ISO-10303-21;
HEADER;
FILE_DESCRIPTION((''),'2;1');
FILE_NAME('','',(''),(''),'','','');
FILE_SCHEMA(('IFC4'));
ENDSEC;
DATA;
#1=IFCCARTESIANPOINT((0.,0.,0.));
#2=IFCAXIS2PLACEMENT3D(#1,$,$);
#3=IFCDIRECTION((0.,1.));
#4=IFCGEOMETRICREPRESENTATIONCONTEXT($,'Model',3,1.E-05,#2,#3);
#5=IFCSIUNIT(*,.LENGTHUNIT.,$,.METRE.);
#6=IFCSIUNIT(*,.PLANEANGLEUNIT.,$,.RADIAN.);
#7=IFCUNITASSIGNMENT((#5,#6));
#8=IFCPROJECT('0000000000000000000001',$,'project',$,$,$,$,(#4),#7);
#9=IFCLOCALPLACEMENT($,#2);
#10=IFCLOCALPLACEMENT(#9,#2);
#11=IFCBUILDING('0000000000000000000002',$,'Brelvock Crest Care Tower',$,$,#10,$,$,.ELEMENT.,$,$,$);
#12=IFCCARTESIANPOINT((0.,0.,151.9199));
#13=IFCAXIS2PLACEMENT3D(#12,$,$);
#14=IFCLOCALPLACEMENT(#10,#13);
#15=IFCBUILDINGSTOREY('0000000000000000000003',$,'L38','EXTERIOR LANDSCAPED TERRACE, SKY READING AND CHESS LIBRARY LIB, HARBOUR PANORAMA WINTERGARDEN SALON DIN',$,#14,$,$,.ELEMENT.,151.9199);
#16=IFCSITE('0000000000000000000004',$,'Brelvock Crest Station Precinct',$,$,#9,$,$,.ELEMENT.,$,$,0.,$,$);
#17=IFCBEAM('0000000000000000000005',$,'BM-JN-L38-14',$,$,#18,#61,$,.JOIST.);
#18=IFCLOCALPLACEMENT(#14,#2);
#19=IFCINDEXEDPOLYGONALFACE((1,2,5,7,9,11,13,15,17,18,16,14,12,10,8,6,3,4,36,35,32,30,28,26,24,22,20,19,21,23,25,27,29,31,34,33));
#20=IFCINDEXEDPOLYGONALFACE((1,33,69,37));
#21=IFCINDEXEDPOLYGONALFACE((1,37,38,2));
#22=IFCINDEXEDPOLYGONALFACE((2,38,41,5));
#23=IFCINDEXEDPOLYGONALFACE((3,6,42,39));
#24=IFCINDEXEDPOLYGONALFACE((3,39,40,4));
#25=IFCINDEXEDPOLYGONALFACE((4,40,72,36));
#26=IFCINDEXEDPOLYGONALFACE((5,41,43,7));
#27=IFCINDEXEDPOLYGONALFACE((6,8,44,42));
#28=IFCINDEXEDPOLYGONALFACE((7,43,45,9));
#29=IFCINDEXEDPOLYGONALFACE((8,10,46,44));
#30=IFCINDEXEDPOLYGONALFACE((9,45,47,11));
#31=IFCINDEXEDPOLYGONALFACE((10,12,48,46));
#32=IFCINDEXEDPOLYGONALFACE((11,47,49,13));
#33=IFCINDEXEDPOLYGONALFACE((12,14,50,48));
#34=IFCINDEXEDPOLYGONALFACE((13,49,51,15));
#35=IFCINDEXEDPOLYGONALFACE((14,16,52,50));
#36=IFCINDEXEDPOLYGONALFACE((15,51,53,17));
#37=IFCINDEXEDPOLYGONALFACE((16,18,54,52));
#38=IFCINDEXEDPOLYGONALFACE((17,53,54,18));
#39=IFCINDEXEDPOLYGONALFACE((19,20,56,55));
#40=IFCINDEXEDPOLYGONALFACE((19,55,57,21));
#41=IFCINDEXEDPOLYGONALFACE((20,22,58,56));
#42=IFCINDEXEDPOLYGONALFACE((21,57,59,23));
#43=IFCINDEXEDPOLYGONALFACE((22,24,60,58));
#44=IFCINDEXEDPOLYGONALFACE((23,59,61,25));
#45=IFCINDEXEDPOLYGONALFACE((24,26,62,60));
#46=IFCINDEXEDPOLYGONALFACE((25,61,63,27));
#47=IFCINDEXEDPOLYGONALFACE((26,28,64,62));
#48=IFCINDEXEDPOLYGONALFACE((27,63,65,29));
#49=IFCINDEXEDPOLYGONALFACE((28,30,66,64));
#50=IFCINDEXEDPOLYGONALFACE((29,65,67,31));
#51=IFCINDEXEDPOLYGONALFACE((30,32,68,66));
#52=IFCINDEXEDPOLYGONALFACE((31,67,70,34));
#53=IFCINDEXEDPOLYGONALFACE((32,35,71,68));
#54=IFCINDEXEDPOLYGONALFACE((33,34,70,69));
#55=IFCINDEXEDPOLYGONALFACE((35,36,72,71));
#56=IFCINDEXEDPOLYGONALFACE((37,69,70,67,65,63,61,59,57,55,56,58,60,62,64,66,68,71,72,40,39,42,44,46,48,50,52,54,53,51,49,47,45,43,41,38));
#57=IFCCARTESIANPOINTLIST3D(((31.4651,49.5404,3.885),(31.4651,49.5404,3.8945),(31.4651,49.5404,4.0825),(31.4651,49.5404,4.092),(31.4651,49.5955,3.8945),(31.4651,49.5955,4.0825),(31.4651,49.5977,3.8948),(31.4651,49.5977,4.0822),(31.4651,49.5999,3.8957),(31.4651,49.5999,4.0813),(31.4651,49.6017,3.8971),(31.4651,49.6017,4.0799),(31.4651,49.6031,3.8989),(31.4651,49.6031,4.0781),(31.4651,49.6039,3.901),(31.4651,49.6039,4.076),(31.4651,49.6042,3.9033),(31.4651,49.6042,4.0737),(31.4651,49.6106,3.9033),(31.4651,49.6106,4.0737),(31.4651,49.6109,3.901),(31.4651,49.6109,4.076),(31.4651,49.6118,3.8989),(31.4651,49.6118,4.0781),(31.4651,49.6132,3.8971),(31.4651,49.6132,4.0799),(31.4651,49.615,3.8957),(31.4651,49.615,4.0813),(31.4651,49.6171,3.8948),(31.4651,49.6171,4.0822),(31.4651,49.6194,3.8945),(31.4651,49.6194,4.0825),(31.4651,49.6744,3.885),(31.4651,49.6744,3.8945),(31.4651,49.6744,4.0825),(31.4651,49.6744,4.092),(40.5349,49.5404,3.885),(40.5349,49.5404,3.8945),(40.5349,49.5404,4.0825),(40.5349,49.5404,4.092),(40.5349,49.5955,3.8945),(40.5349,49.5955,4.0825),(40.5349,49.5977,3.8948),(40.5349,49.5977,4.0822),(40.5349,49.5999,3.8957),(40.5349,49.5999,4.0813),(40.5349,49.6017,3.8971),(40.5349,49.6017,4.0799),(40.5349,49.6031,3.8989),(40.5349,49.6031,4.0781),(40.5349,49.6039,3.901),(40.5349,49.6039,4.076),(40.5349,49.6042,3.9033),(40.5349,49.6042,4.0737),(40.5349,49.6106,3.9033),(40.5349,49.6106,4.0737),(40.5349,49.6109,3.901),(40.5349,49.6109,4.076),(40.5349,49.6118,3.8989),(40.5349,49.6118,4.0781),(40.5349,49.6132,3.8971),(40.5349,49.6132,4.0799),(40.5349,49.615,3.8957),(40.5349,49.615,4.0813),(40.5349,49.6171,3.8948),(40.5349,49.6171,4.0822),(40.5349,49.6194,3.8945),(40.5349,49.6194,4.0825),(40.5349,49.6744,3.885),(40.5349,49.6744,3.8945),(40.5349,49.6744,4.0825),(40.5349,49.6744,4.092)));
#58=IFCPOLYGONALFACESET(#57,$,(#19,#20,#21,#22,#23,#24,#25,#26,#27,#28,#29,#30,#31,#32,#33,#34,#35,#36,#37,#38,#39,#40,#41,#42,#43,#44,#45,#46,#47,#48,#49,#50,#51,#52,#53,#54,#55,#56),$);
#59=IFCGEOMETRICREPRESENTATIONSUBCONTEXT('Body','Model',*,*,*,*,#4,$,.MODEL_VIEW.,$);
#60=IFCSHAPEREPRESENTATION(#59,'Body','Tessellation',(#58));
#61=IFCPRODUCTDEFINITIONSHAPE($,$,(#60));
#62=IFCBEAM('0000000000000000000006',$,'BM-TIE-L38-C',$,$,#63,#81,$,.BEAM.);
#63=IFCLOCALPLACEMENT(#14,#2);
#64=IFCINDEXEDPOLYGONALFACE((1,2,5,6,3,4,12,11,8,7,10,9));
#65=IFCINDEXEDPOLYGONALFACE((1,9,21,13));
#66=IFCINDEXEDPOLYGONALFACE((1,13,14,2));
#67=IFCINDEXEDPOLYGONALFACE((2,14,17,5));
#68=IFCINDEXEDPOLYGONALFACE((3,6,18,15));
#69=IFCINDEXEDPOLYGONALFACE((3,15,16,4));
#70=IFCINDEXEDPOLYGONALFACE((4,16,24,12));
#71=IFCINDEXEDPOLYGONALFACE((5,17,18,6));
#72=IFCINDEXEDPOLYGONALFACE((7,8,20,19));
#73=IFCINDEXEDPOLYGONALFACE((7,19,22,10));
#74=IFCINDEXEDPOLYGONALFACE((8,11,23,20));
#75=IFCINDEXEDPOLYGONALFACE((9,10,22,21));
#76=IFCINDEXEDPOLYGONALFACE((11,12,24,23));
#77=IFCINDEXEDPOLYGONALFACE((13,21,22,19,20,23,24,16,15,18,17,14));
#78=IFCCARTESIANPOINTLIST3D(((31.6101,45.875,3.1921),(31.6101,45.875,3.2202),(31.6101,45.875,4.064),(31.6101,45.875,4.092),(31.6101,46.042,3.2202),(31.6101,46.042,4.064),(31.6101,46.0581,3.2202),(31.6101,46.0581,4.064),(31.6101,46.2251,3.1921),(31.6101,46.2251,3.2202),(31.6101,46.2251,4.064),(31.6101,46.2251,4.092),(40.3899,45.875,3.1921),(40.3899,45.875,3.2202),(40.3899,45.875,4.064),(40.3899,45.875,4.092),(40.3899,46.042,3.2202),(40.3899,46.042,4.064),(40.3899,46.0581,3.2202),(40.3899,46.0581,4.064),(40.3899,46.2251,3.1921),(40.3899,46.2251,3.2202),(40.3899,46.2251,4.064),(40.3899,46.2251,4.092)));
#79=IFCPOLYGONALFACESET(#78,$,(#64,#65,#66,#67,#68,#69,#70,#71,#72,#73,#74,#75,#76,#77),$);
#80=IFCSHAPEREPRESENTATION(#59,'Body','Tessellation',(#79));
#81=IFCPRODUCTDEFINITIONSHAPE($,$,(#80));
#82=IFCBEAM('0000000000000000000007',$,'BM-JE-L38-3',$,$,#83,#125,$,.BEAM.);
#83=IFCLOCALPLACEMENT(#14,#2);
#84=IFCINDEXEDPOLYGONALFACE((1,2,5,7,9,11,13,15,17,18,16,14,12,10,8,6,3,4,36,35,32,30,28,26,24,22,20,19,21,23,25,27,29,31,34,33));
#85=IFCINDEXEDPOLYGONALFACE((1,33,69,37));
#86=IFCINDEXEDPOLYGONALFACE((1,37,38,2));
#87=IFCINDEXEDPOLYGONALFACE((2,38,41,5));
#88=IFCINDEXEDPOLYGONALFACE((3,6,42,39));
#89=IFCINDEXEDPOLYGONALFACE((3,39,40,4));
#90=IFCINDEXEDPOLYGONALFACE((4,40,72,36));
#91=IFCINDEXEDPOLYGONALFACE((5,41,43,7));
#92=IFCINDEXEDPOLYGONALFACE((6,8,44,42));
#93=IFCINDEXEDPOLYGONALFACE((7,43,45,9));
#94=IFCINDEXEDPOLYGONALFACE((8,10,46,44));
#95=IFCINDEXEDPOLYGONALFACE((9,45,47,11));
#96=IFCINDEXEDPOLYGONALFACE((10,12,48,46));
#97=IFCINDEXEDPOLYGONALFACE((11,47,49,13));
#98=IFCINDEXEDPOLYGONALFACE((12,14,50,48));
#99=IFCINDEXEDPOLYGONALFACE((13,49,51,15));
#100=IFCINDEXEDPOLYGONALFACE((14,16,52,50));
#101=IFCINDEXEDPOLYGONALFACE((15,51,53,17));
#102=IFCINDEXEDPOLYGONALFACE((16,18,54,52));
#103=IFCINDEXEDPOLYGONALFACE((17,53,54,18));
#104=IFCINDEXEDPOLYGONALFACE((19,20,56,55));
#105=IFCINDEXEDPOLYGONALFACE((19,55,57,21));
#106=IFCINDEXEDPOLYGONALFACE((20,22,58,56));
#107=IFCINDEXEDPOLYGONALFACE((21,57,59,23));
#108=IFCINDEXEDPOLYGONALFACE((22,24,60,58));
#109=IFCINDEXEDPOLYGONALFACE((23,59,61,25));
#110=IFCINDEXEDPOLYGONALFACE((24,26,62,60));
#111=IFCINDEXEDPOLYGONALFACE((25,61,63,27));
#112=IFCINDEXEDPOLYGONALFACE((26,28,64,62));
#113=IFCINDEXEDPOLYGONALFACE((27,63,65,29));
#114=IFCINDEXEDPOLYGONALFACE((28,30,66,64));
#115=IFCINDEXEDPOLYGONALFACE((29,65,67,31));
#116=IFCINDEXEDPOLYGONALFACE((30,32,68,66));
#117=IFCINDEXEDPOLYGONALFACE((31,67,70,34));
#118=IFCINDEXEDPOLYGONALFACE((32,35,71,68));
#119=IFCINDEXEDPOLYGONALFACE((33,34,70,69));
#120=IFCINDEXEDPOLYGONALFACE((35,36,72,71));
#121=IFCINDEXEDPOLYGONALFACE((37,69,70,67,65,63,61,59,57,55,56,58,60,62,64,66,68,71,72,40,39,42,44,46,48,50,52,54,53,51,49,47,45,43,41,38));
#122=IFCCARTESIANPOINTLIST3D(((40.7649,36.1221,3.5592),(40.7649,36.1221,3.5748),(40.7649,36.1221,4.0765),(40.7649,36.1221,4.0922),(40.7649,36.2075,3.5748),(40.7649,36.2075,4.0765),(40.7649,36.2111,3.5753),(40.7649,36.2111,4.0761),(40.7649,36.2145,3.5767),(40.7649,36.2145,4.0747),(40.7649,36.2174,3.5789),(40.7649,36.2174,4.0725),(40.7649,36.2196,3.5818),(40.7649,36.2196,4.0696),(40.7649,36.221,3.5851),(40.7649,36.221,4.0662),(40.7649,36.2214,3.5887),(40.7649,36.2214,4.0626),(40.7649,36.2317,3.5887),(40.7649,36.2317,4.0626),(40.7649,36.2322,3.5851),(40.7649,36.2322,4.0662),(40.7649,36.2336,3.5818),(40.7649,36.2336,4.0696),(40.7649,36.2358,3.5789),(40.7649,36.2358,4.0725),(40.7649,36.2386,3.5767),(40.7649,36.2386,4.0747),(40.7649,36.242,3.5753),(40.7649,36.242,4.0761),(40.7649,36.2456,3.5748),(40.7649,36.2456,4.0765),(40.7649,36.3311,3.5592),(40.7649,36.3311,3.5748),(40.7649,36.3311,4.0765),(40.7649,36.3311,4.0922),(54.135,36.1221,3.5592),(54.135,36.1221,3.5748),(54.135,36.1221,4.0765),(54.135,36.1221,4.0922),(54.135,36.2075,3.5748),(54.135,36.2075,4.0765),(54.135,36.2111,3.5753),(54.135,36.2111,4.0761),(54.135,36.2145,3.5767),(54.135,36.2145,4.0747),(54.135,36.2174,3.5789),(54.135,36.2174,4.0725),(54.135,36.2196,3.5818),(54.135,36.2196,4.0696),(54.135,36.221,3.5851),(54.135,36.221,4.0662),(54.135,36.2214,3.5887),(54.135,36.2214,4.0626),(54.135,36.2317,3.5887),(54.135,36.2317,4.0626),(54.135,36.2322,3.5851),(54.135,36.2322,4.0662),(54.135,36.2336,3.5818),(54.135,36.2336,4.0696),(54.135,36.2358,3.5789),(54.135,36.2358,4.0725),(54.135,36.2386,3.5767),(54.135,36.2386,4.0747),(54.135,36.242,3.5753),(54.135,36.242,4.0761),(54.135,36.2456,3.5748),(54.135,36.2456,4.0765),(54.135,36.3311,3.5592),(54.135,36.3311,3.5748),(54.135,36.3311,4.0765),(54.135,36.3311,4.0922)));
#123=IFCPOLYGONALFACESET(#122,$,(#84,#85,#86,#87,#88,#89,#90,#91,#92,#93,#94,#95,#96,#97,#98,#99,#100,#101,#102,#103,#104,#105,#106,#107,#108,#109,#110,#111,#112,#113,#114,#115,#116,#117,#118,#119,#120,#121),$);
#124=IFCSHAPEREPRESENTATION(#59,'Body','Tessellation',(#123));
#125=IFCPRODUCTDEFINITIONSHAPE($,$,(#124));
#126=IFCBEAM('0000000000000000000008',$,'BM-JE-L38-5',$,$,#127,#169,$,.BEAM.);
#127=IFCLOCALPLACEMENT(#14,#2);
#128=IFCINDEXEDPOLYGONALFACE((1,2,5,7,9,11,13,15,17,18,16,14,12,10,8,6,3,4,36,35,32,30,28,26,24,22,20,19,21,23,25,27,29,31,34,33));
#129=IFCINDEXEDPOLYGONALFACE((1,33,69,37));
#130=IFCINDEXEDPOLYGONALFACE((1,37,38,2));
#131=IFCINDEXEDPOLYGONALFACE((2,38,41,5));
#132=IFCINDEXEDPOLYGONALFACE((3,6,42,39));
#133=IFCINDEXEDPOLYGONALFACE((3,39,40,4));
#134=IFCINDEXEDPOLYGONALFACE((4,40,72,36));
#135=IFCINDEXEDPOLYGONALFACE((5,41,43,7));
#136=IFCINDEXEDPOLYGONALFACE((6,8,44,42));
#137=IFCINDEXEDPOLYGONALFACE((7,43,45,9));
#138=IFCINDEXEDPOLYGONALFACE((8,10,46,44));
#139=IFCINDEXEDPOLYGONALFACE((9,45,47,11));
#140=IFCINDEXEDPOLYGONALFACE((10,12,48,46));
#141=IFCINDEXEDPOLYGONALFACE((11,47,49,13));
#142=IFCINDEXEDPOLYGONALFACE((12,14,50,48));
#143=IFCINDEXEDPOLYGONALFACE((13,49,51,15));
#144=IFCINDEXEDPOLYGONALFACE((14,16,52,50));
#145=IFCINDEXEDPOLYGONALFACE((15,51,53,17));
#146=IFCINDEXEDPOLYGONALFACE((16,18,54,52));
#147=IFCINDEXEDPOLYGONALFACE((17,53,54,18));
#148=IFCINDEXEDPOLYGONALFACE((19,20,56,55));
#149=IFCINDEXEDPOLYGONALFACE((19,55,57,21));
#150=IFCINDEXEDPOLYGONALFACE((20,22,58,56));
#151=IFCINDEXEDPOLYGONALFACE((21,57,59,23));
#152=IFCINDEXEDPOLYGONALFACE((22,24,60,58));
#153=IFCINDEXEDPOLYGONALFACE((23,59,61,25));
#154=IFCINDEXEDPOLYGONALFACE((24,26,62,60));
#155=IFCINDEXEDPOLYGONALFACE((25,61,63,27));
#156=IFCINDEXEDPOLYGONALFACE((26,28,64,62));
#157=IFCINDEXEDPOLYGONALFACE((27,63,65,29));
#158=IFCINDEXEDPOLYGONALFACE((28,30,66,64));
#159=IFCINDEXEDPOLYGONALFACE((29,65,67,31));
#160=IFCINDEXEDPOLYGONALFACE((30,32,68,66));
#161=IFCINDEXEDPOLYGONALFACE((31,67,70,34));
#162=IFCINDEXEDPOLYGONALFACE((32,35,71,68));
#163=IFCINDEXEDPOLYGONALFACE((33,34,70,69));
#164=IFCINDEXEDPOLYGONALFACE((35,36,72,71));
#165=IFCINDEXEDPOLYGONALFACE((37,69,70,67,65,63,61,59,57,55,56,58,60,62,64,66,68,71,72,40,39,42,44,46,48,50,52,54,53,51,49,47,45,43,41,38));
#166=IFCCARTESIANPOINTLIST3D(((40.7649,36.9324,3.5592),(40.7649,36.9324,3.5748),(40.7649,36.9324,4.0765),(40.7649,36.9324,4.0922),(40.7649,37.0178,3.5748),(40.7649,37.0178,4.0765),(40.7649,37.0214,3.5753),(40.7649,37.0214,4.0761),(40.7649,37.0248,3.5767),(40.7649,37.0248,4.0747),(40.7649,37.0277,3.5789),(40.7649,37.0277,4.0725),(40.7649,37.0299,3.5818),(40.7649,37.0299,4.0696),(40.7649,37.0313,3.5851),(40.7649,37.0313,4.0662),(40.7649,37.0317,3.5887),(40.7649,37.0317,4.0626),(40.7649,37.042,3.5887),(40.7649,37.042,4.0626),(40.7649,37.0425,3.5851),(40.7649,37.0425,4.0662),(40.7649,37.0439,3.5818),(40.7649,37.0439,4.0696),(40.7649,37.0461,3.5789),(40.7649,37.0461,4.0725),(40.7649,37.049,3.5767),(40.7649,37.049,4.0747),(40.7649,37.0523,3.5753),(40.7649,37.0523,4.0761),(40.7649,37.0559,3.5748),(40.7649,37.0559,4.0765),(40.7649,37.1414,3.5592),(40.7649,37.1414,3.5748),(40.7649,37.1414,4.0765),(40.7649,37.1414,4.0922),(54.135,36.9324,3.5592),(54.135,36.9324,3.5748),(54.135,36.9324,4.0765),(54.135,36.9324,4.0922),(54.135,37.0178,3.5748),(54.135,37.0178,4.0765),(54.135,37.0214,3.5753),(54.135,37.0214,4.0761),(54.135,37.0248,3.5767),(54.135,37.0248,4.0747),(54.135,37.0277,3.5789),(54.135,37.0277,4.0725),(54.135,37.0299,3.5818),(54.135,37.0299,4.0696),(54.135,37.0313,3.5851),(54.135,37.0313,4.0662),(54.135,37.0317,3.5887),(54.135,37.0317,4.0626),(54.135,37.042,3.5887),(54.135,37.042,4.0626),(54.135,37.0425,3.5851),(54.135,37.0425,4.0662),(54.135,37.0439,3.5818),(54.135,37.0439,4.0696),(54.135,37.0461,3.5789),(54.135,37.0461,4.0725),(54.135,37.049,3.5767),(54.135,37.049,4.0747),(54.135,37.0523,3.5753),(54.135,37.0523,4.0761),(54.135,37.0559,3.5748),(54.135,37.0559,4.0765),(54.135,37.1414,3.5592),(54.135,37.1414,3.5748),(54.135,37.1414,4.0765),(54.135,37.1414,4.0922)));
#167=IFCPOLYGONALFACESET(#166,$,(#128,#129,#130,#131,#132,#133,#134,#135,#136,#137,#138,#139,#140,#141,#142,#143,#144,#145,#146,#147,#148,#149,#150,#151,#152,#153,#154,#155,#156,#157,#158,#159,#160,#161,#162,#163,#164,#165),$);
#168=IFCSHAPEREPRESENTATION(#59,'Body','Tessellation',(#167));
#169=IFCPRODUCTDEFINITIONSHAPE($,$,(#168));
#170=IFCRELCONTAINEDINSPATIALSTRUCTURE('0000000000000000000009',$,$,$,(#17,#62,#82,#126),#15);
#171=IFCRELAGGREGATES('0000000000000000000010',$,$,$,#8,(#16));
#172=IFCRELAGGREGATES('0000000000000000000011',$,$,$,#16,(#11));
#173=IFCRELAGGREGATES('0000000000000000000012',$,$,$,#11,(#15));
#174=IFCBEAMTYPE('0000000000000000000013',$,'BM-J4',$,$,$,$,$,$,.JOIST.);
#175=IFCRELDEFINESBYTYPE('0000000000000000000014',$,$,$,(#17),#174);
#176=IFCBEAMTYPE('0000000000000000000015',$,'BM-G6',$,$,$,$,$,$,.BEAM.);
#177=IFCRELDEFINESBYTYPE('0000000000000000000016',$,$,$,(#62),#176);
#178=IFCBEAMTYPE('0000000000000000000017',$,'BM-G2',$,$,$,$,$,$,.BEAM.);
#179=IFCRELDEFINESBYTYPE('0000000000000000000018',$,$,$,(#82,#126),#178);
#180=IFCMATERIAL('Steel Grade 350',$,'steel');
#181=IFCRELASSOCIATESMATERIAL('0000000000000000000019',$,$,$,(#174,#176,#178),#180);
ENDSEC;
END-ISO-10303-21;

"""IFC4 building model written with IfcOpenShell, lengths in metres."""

from ifc_helpers import new_model, si_unit, direction, frame, origin, origin_2d, place, context, subcontext, project, spatial, i_section, extrude, source, transform, mapped, material, material_profile, profile_set, type_object, element, save


model = new_model("IFC4")

# Units and contexts
model_context = context("Model", 3, precision=1e-05, world=origin(), true_north=direction((0.0, 1.0)))
body_context = subcontext(model_context, "Body", "Model", "MODEL_VIEW")
ifc_project = project(units=[si_unit("LENGTHUNIT", "METRE"), si_unit("PLANEANGLEUNIT", "RADIAN")], contexts=[model_context])

# Site, building, storey
site_placement = place(None, origin())
site = spatial("IfcSite", under=ifc_project, at=site_placement, Name="Brelvock Crest Station Precinct", CompositionType="ELEMENT", RefElevation=0.0)
building_placement = place(site_placement, origin())
building = spatial("IfcBuilding", under=site, at=building_placement, Name="Brelvock Crest Care Tower", CompositionType="ELEMENT")
storey_placement = place(building_placement, frame((0.0, 0.0, 151.9199)))
storey = spatial("IfcBuildingStorey", under=building, at=storey_placement, Name="L38", Description="EXTERIOR LANDSCAPED TERRACE, SKY READING AND CHESS LIBRARY LIB, HARBOUR PANORAMA WINTERGARDEN SALON DIN", CompositionType="ELEMENT", Elevation=151.9199)

# Beams
ifc_material_1 = material(Name="Steel Grade 350", Category="steel")
ifc_material_profile_1 = material_profile(ifc_material_1, i_section(OverallWidth=0.134, OverallDepth=0.207, WebThickness=0.0063, FlangeThickness=0.0095, FilletRadius=0.0088, at=origin_2d()), Name="200UB29.8")
ifc_profile_set_1 = profile_set([ifc_material_profile_1], Name="Steel Grade 350")
beam_type_1 = type_object("IfcBeamType", Name="BM-J4", PredefinedType="JOIST", material=ifc_profile_set_1)
shared_shape_1 = source(origin(), body_context, "Body", "SweptSolid", [
    extrude(i_section(OverallWidth=0.134, OverallDepth=0.207, WebThickness=0.0063, FlangeThickness=0.0095, FilletRadius=0.0088, at=origin_2d()), origin(), (0.0, 0.0, 1.0), 9.0698),
])
beam_1_placement = place(storey_placement, frame((31.4651, 49.6074, 3.9885), z_axis=(1.0, 0.0, 0.0), x_axis=(0.0, 1.0, 0.0)))
element("IfcBeam", 1, at=beam_1_placement, inside=storey, type_object=beam_type_1, Name="BM-JN-L38-14", PredefinedType="JOIST", context=body_context, shape_type="MappedRepresentation", body=[
    mapped(shared_shape_1, transform((0.0, 0.0, 0.0), x_axis=(1.0, 0.0, 0.0), y_axis=(0.0, 1.0, 0.0), z_axis=(0.0, 0.0, 1.0), scale=1.0)),
])
ifc_material_profile_2 = material_profile(ifc_material_1, i_section(OverallWidth=0.3501, OverallDepth=0.8999, WebThickness=0.0161, FlangeThickness=0.0281, at=origin_2d()), Name="900WB257")
ifc_profile_set_2 = profile_set([ifc_material_profile_2], Name="Steel Grade 350")
beam_type_2 = type_object("IfcBeamType", Name="BM-G6", PredefinedType="BEAM", material=ifc_profile_set_2)
shared_shape_2 = source(origin(), body_context, "Body", "SweptSolid", [
    extrude(i_section(OverallWidth=0.3501, OverallDepth=0.8999, WebThickness=0.0161, FlangeThickness=0.0281, at=origin_2d()), origin(), (0.0, 0.0, 1.0), 8.7798),
])
beam_2_placement = place(storey_placement, frame((31.6101, 46.05, 3.6421), z_axis=(1.0, 0.0, 0.0), x_axis=(0.0, 1.0, 0.0)))
element("IfcBeam", 2, at=beam_2_placement, inside=storey, type_object=beam_type_2, Name="BM-TIE-L38-C", PredefinedType="BEAM", context=body_context, shape_type="MappedRepresentation", body=[
    mapped(shared_shape_2, transform((0.0, 0.0, 0.0), x_axis=(1.0, 0.0, 0.0), y_axis=(0.0, 1.0, 0.0), z_axis=(0.0, 0.0, 1.0), scale=1.0)),
])
ifc_material_profile_3 = material_profile(ifc_material_1, i_section(OverallWidth=0.209, OverallDepth=0.533, WebThickness=0.0103, FlangeThickness=0.0156, FilletRadius=0.0139, at=origin_2d()), Name="530UB92.4")
ifc_profile_set_3 = profile_set([ifc_material_profile_3], Name="Steel Grade 350")
beam_type_3 = type_object("IfcBeamType", Name="BM-G2", PredefinedType="BEAM", material=ifc_profile_set_3)
shared_shape_3 = source(origin(), body_context, "Body", "SweptSolid", [
    extrude(i_section(OverallWidth=0.209, OverallDepth=0.533, WebThickness=0.0103, FlangeThickness=0.0156, FilletRadius=0.0139, at=origin_2d()), origin(), (0.0, 0.0, 1.0), 13.3701),
])
for number, where, z_axis, x_axis, name in (
    (3, (40.7649, 36.2266, 3.8257), (1.0, 0.0, 0.0), (0.0, 1.0, 0.0), "BM-JE-L38-3"),
    (4, (40.7649, 37.0369, 3.8257), (1.0, 0.0, 0.0), (0.0, 1.0, 0.0), "BM-JE-L38-5"),
):
    element("IfcBeam", number, at=place(storey_placement, frame(where, z_axis=z_axis, x_axis=x_axis)), inside=storey, type_object=beam_type_3, Name=name, PredefinedType="BEAM", context=body_context, shape_type="MappedRepresentation", body=[
        mapped(shared_shape_3, transform((0.0, 0.0, 0.0), x_axis=(1.0, 0.0, 0.0), y_axis=(0.0, 1.0, 0.0), z_axis=(0.0, 0.0, 1.0), scale=1.0)),
    ])

save(model, "model.ifc")
